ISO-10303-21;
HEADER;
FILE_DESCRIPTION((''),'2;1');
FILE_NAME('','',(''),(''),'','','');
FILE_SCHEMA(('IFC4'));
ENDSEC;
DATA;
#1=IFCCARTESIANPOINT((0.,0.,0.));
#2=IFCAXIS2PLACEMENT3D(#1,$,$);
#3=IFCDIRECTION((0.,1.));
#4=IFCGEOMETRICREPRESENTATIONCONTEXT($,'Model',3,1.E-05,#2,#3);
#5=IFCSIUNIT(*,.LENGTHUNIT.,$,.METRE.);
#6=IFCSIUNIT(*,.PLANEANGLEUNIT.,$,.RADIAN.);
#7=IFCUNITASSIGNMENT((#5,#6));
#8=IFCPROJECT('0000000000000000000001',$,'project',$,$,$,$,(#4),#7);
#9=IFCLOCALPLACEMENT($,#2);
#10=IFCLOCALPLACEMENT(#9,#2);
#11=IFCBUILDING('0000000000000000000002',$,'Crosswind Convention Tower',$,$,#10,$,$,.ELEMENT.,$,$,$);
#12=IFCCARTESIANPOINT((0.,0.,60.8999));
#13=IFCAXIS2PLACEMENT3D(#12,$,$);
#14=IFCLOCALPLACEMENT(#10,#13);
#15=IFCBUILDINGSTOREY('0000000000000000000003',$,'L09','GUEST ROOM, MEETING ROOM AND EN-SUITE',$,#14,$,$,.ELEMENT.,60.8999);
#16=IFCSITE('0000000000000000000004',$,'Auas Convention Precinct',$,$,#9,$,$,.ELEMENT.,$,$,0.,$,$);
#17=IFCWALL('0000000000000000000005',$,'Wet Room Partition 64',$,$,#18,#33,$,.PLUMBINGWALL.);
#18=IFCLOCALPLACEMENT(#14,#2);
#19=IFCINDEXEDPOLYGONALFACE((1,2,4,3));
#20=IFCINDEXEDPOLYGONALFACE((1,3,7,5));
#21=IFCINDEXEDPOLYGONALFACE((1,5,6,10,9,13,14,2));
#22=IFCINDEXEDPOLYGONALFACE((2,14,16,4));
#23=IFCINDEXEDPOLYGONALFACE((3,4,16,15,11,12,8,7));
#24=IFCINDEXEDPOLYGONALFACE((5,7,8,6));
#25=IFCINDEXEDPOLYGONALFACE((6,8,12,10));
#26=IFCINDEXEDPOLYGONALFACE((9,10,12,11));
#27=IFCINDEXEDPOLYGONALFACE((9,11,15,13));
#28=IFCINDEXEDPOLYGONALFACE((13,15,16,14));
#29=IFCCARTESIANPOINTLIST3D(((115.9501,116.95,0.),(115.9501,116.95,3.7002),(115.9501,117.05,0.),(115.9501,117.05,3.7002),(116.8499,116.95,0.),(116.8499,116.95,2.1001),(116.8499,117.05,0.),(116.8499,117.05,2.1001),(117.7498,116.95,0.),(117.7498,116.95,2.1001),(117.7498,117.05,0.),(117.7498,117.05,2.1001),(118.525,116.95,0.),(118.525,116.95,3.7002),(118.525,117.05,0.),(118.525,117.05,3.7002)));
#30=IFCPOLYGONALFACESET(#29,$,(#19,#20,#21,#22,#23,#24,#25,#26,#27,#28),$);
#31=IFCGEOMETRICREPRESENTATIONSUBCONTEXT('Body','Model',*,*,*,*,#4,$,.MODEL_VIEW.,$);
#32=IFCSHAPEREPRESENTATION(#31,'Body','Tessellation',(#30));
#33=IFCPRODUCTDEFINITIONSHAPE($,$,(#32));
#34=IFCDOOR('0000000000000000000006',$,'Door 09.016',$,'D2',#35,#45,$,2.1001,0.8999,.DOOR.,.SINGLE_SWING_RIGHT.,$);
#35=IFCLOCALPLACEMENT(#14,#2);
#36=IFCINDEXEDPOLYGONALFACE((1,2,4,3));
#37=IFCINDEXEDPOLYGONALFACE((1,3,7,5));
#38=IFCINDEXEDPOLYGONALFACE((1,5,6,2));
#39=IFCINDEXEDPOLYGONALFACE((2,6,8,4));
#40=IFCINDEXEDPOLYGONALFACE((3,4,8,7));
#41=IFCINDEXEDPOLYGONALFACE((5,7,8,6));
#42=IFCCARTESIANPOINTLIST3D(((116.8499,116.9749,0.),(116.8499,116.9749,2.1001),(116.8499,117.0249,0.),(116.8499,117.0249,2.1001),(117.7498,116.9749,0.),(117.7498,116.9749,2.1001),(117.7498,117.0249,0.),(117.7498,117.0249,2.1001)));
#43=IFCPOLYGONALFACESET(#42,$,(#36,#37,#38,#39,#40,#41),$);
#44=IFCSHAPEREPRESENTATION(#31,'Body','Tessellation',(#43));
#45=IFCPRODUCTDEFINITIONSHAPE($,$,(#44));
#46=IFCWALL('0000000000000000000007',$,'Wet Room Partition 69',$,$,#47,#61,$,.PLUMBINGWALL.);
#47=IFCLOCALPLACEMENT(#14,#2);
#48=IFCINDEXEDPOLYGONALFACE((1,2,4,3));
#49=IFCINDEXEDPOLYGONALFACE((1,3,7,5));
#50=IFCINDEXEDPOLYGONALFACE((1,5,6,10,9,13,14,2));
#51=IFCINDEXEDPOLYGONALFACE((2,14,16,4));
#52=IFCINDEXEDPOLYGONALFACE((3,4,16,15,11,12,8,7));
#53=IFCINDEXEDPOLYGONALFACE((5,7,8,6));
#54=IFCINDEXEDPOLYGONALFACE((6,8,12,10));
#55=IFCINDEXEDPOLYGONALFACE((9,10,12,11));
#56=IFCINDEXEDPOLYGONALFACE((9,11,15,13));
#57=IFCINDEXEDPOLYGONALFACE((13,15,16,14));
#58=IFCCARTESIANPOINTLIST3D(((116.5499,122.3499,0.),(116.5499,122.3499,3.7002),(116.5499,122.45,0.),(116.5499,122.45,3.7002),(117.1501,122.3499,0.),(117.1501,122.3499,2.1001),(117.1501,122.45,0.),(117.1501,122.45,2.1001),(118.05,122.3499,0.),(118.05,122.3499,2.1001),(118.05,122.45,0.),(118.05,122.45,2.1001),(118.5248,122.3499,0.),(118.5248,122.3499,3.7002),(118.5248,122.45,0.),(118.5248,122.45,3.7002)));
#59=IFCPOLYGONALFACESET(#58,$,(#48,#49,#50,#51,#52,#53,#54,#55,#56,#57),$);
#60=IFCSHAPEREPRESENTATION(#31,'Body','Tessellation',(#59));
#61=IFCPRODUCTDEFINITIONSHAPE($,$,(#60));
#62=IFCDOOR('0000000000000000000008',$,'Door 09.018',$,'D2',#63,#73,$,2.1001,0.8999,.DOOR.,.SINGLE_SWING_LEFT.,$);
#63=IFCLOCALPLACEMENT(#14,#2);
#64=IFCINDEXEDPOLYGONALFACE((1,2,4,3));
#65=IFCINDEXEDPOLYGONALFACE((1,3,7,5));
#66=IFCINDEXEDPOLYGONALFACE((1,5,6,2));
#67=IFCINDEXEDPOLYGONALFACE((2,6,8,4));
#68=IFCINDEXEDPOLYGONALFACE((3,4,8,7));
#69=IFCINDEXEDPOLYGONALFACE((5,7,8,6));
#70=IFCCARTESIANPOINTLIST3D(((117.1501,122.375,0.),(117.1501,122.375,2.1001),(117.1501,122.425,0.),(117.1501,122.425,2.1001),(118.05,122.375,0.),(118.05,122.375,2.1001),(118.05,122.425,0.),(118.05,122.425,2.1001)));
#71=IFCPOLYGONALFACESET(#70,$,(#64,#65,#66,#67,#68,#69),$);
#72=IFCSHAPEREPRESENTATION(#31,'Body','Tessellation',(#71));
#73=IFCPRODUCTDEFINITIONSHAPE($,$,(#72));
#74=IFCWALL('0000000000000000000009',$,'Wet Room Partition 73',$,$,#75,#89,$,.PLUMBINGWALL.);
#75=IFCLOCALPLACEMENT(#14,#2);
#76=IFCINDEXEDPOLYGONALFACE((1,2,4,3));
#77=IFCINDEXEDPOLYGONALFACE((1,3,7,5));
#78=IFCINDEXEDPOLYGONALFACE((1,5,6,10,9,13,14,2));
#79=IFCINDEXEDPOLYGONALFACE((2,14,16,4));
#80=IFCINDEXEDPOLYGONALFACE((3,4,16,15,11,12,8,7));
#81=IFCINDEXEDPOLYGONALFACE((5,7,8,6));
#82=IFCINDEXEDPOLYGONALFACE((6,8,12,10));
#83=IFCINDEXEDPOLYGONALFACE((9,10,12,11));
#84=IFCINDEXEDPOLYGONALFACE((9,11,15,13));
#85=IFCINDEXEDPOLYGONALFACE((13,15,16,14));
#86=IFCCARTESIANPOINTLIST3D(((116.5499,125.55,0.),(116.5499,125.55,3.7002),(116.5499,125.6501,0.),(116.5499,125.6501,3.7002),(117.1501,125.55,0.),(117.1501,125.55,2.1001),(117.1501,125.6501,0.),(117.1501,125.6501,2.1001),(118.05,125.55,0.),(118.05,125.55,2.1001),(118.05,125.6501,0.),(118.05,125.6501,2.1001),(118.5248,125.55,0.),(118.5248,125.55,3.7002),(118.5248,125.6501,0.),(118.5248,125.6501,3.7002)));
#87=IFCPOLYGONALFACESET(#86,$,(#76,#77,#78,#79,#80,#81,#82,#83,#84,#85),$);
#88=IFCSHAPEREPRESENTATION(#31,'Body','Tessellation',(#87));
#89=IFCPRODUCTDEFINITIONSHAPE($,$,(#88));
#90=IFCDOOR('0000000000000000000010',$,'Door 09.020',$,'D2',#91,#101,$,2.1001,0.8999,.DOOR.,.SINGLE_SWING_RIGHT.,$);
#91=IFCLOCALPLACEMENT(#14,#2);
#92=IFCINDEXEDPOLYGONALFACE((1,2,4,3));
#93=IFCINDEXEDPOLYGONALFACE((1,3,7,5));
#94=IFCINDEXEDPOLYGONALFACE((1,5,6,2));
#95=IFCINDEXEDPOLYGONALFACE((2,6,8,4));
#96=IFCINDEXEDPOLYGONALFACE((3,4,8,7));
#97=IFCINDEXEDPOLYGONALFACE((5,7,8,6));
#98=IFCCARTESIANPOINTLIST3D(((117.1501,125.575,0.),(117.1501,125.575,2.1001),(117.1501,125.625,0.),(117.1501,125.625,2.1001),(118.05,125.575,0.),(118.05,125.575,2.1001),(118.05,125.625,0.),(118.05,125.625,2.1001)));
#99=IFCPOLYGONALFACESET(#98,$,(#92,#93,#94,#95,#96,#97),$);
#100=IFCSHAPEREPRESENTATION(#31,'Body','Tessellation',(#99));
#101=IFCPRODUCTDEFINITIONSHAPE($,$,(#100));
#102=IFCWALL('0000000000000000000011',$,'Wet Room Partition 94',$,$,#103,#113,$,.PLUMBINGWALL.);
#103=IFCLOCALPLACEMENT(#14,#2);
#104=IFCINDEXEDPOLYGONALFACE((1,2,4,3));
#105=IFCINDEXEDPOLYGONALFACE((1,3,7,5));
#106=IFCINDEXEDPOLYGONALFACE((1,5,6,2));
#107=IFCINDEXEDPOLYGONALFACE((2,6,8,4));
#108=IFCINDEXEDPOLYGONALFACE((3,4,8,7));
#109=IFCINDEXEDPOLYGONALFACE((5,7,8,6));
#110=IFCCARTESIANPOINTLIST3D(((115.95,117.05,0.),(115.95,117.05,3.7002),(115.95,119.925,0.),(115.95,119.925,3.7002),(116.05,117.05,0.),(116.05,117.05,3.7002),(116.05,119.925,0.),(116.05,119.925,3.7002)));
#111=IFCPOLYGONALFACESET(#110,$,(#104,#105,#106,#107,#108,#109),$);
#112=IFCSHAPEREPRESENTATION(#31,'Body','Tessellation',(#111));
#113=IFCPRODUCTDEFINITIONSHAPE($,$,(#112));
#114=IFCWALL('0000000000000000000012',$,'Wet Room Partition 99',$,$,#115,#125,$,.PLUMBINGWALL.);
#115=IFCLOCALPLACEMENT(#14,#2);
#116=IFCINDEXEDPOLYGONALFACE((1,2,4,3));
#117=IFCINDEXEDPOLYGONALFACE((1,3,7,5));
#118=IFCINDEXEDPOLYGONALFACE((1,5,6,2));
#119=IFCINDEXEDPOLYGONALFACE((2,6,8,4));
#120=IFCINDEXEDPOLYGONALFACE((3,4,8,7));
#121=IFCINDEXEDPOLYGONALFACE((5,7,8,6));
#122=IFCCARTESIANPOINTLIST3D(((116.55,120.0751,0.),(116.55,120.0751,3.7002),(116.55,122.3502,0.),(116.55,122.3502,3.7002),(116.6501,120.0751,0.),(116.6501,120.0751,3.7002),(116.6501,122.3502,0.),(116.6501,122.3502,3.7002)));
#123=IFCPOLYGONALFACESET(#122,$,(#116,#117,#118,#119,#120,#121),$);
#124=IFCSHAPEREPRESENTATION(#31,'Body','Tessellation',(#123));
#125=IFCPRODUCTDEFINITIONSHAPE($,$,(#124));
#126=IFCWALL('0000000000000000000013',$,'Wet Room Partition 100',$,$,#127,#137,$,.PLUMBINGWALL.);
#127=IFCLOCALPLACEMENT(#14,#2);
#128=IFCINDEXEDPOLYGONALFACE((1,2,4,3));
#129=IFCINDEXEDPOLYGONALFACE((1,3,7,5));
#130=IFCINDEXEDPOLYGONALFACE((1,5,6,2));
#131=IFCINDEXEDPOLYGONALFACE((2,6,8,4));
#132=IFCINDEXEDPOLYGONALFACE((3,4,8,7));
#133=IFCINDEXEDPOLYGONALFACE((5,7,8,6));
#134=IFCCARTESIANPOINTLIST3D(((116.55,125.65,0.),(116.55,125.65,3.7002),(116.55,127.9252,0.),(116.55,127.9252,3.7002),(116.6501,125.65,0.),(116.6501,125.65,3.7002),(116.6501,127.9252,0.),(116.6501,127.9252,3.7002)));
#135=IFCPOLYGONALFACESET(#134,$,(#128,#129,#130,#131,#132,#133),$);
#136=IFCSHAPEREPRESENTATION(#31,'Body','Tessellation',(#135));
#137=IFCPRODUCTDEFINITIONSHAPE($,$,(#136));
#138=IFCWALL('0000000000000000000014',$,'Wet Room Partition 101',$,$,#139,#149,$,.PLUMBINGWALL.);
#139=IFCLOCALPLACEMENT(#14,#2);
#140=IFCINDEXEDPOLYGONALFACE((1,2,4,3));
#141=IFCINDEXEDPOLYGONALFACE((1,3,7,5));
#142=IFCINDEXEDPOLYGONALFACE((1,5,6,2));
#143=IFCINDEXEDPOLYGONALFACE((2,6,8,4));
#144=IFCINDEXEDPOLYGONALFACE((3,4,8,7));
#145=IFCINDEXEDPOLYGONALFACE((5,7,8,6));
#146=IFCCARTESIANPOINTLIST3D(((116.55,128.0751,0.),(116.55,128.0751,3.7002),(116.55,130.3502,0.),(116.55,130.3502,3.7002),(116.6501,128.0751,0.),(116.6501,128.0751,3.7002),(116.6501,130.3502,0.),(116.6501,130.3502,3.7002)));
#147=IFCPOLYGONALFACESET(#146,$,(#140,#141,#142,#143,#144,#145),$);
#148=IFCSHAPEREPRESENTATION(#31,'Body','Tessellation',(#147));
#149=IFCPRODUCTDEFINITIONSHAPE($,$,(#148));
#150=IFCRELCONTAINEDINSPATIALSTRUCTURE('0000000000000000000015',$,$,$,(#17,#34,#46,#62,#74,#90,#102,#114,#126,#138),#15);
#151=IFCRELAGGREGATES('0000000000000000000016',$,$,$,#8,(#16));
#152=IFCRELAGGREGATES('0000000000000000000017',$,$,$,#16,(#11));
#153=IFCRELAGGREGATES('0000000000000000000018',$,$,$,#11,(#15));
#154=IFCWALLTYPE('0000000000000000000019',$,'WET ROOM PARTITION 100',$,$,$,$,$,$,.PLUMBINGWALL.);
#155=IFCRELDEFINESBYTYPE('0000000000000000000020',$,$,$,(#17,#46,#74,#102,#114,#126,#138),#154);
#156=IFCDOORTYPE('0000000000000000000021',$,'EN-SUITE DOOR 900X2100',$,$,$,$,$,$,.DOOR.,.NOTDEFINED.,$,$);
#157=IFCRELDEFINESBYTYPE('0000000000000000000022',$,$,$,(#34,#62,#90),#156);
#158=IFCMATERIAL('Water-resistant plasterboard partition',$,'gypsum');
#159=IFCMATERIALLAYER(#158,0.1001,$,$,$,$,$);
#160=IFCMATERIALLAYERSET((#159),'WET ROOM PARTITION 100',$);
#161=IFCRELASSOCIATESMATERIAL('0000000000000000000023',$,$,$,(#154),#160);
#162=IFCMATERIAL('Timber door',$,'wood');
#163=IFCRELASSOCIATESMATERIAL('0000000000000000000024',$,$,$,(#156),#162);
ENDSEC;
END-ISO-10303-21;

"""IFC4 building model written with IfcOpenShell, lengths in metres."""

from ifc_helpers import new_model, si_unit, direction, frame, frame_2d, origin, place, context, subcontext, project, spatial, rectangle, extrude, material, layer, layer_set, type_object, element, fill, save


model = new_model("IFC4")

# Units and contexts
model_context = context("Model", 3, precision=1e-05, world=origin(), true_north=direction((0.0, 1.0)))
body_context = subcontext(model_context, "Body", "Model", "MODEL_VIEW")
ifc_project = project(units=[si_unit("LENGTHUNIT", "METRE"), si_unit("PLANEANGLEUNIT", "RADIAN")], contexts=[model_context])

# Site, building, storey
site_placement = place(None, origin())
site = spatial("IfcSite", under=ifc_project, at=site_placement, Name="Auas Convention Precinct", CompositionType="ELEMENT", RefElevation=0.0)
building_placement = place(site_placement, origin())
building = spatial("IfcBuilding", under=site, at=building_placement, Name="Crosswind Convention Tower", CompositionType="ELEMENT")
storey_placement = place(building_placement, frame((0.0, 0.0, 60.8999)))
storey = spatial("IfcBuildingStorey", under=building, at=storey_placement, Name="L09", Description="GUEST ROOM, MEETING ROOM AND EN-SUITE", CompositionType="ELEMENT", Elevation=60.8999)

# Walls, openings, doors
ifc_material_1 = material(Name="Water-resistant plasterboard partition", Category="gypsum")
ifc_layer_1 = layer(ifc_material_1, 0.1001)
ifc_layer_set_1 = layer_set([ifc_layer_1], Name="WET ROOM PARTITION 100")
wall_type_1 = type_object("IfcWallType", Name="WET ROOM PARTITION 100", PredefinedType="PLUMBINGWALL", material=ifc_layer_set_1)
wall_1_placement = place(storey_placement, frame((115.95, 117.0, 0.0), z_axis=(0.0, 0.0, 1.0), x_axis=(1.0, 0.0, 0.0)))
wall_1 = element("IfcWall", 1, at=wall_1_placement, inside=storey, type_object=wall_type_1, Name="Wet Room Partition 64", PredefinedType="PLUMBINGWALL", context=body_context, shape_type="SweptSolid", body=[
    extrude(rectangle(XDim=2.575, YDim=0.1001, at=frame_2d((1.2876, 0.0))), origin(), (0.0, 0.0, 1.0), 3.7002),
])
opening_1_placement = place(wall_1_placement, frame((0.8999, 0.0, 0.0)))
opening_1 = element("IfcOpeningElement", 2, at=opening_1_placement, cuts=wall_1, PredefinedType="OPENING", context=body_context, shape_type="SweptSolid", body=[
    extrude(rectangle(XDim=0.8999, YDim=2.1001, at=frame_2d((0.45, 1.05))), frame((0.0, 0.0601, 0.0), z_axis=(0.0, -1.0, 0.0), x_axis=(1.0, 0.0, 0.0)), (0.0, 0.0, 1.0), 0.1201),
])
ifc_material_2 = material(Name="Timber door", Category="wood")
door_type_1 = type_object("IfcDoorType", Name="EN-SUITE DOOR 900X2100", OperationType="NOTDEFINED", PredefinedType="DOOR", material=ifc_material_2)
door_1_placement = place(opening_1_placement, origin())
door_1 = element("IfcDoor", 3, at=door_1_placement, inside=storey, type_object=door_type_1, Name="Door 09.016", ObjectType="D2", OperationType="SINGLE_SWING_RIGHT", OverallHeight=2.1001, OverallWidth=0.8999, PredefinedType="DOOR", context=body_context, shape_type="SweptSolid", body=[
    extrude(rectangle(XDim=0.8999, YDim=2.1001, at=frame_2d((0.45, 1.05))), frame((0.0, 0.0249, 0.0), z_axis=(0.0, -1.0, 0.0), x_axis=(1.0, 0.0, 0.0)), (0.0, 0.0, 1.0), 0.05),
])
fill(opening_1, door_1)
wall_2_placement = place(storey_placement, frame((116.55, 122.3999, 0.0), z_axis=(0.0, 0.0, 1.0), x_axis=(1.0, 0.0, 0.0)))
wall_2 = element("IfcWall", 4, at=wall_2_placement, inside=storey, type_object=wall_type_1, Name="Wet Room Partition 69", PredefinedType="PLUMBINGWALL", context=body_context, shape_type="SweptSolid", body=[
    extrude(rectangle(XDim=1.9749, YDim=0.1001, at=frame_2d((0.9873, 0.0))), origin(), (0.0, 0.0, 1.0), 3.7002),
])
opening_2_placement = place(wall_2_placement, frame((0.6001, 0.0, 0.0)))
opening_2 = element("IfcOpeningElement", 5, at=opening_2_placement, cuts=wall_2, PredefinedType="OPENING", context=body_context, shape_type="SweptSolid", body=[
    extrude(rectangle(XDim=0.8999, YDim=2.1001, at=frame_2d((0.45, 1.05))), frame((0.0, 0.0601, 0.0), z_axis=(0.0, -1.0, 0.0), x_axis=(1.0, 0.0, 0.0)), (0.0, 0.0, 1.0), 0.1201),
])
door_2_placement = place(opening_2_placement, frame((0.8999, 0.0, 0.0), z_axis=(0.0, 0.0, 1.0), x_axis=(-1.0, 0.0, 0.0)))
door_2 = element("IfcDoor", 6, at=door_2_placement, inside=storey, type_object=door_type_1, Name="Door 09.018", ObjectType="D2", OperationType="SINGLE_SWING_LEFT", OverallHeight=2.1001, OverallWidth=0.8999, PredefinedType="DOOR", context=body_context, shape_type="SweptSolid", body=[
    extrude(rectangle(XDim=0.8999, YDim=2.1001, at=frame_2d((0.45, 1.05))), frame((0.0, 0.0249, 0.0), z_axis=(0.0, -1.0, 0.0), x_axis=(1.0, 0.0, 0.0)), (0.0, 0.0, 1.0), 0.05),
])
fill(opening_2, door_2)
wall_3_placement = place(storey_placement, frame((116.55, 125.6001, 0.0), z_axis=(0.0, 0.0, 1.0), x_axis=(1.0, 0.0, 0.0)))
wall_3 = element("IfcWall", 7, at=wall_3_placement, inside=storey, type_object=wall_type_1, Name="Wet Room Partition 73", PredefinedType="PLUMBINGWALL", context=body_context, shape_type="SweptSolid", body=[
    extrude(rectangle(XDim=1.9749, YDim=0.1001, at=frame_2d((0.9873, 0.0))), origin(), (0.0, 0.0, 1.0), 3.7002),
])
opening_3_placement = place(wall_3_placement, frame((0.6001, 0.0, 0.0)))
opening_3 = element("IfcOpeningElement", 8, at=opening_3_placement, cuts=wall_3, PredefinedType="OPENING", context=body_context, shape_type="SweptSolid", body=[
    extrude(rectangle(XDim=0.8999, YDim=2.1001, at=frame_2d((0.45, 1.05))), frame((0.0, 0.0601, 0.0), z_axis=(0.0, -1.0, 0.0), x_axis=(1.0, 0.0, 0.0)), (0.0, 0.0, 1.0), 0.1201),
])
door_3_placement = place(opening_3_placement, origin())
door_3 = element("IfcDoor", 9, at=door_3_placement, inside=storey, type_object=door_type_1, Name="Door 09.020", ObjectType="D2", OperationType="SINGLE_SWING_RIGHT", OverallHeight=2.1001, OverallWidth=0.8999, PredefinedType="DOOR", context=body_context, shape_type="SweptSolid", body=[
    extrude(rectangle(XDim=0.8999, YDim=2.1001, at=frame_2d((0.45, 1.05))), frame((0.0, 0.0249, 0.0), z_axis=(0.0, -1.0, 0.0), x_axis=(1.0, 0.0, 0.0)), (0.0, 0.0, 1.0), 0.05),
])
fill(opening_3, door_3)

# Walls
wall_4_placement = place(storey_placement, frame((116.0, 117.05, 0.0), z_axis=(0.0, 0.0, 1.0), x_axis=(0.0, 1.0, 0.0)))
element("IfcWall", 10, at=wall_4_placement, inside=storey, type_object=wall_type_1, Name="Wet Room Partition 94", PredefinedType="PLUMBINGWALL", context=body_context, shape_type="SweptSolid", body=[
    extrude(rectangle(XDim=2.875, YDim=0.1001, at=frame_2d((1.4375, 0.0))), origin(), (0.0, 0.0, 1.0), 3.7002),
])
for number, where, z_axis, x_axis, name in (
    (11, (116.6001, 120.075, 0.0), (0.0, 0.0, 1.0), (0.0, 1.0, 0.0), "Wet Room Partition 99"),
    (12, (116.6001, 125.6499, 0.0), (0.0, 0.0, 1.0), (0.0, 1.0, 0.0), "Wet Room Partition 100"),
    (13, (116.6001, 128.075, 0.0), (0.0, 0.0, 1.0), (0.0, 1.0, 0.0), "Wet Room Partition 101"),
):
    element("IfcWall", number, at=place(storey_placement, frame(where, z_axis=z_axis, x_axis=x_axis)), inside=storey, type_object=wall_type_1, Name=name, PredefinedType="PLUMBINGWALL", context=body_context, shape_type="SweptSolid", body=[
        extrude(rectangle(XDim=2.2751, YDim=0.1001, at=frame_2d((1.1377, 0.0))), origin(), (0.0, 0.0, 1.0), 3.7002),
    ])

save(model, "model.ifc")
